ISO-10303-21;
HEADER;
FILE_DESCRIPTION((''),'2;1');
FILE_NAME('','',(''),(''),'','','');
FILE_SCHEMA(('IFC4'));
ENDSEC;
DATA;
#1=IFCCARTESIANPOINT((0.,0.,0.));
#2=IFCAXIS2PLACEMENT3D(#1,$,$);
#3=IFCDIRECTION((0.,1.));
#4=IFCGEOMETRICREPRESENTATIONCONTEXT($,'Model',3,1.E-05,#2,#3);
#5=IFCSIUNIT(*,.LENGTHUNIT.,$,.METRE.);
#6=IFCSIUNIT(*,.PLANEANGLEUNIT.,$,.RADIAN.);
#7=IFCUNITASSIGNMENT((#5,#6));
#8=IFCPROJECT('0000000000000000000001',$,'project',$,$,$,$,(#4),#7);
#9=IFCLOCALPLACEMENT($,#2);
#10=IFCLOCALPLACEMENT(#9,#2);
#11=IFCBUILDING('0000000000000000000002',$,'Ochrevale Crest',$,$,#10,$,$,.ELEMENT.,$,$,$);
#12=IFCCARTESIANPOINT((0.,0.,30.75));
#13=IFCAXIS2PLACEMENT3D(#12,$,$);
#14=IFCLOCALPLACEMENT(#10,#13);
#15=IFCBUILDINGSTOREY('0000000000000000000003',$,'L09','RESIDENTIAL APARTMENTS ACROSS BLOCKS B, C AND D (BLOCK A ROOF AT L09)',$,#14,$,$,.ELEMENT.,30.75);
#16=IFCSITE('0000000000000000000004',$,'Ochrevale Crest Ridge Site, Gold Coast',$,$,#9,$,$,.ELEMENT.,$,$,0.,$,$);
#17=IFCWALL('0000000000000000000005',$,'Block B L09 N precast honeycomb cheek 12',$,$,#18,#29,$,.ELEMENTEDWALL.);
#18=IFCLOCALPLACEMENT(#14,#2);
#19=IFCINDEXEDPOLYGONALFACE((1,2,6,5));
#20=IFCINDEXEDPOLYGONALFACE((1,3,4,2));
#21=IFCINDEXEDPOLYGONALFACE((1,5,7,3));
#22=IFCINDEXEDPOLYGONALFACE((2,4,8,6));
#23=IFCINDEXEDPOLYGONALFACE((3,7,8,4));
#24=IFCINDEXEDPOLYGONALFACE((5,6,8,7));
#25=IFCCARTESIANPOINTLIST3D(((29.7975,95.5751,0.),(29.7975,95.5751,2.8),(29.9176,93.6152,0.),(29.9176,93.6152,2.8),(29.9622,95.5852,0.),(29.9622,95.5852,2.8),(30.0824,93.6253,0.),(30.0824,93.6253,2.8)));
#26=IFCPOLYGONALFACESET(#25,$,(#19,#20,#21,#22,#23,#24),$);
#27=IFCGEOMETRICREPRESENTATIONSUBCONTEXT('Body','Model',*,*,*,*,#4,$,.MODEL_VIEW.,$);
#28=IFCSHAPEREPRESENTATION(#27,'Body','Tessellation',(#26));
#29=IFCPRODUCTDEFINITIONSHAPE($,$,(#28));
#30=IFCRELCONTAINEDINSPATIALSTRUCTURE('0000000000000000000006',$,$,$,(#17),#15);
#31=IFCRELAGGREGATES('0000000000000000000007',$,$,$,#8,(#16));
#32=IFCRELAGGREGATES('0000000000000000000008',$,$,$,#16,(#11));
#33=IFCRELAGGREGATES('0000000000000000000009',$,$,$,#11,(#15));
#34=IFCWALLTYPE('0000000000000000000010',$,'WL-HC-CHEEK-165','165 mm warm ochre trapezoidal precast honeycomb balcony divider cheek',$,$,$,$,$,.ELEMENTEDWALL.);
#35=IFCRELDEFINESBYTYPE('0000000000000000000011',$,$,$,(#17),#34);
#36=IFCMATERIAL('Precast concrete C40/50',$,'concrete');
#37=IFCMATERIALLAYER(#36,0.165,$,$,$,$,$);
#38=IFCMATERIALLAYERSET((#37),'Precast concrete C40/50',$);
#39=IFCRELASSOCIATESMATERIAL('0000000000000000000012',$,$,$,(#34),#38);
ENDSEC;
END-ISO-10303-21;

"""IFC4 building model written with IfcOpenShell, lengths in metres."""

from ifc_helpers import new_model, si_unit, direction, frame, frame_2d, origin, place, context, subcontext, project, spatial, rectangle, extrude, material, layer, layer_set, type_object, element, save


model = new_model("IFC4")

# Units and contexts
model_context = context("Model", 3, precision=1e-05, world=origin(), true_north=direction((0.0, 1.0)))
body_context = subcontext(model_context, "Body", "Model", "MODEL_VIEW")
ifc_project = project(units=[si_unit("LENGTHUNIT", "METRE"), si_unit("PLANEANGLEUNIT", "RADIAN")], contexts=[model_context])

# Site, building, storey
site_placement = place(None, origin())
site = spatial("IfcSite", under=ifc_project, at=site_placement, Name="Ochrevale Crest Ridge Site, Gold Coast", CompositionType="ELEMENT", RefElevation=0.0)
building_placement = place(site_placement, origin())
building = spatial("IfcBuilding", under=site, at=building_placement, Name="Ochrevale Crest", CompositionType="ELEMENT")
storey_placement = place(building_placement, frame((0.0, 0.0, 30.75)))
storey = spatial("IfcBuildingStorey", under=building, at=storey_placement, Name="L09", Description="RESIDENTIAL APARTMENTS ACROSS BLOCKS B, C AND D (BLOCK A ROOF AT L09)", CompositionType="ELEMENT", Elevation=30.75)

# Shared definitions
ifc_material = material(Name="Precast concrete C40/50", Category="concrete")

# Wall
ifc_layer_1 = layer(ifc_material, 0.165)
ifc_layer_set_1 = layer_set([ifc_layer_1], Name="Precast concrete C40/50")
wall_type = type_object("IfcWallType", Name="WL-HC-CHEEK-165", Description="165 mm warm ochre trapezoidal precast honeycomb balcony divider cheek", PredefinedType="ELEMENTEDWALL", material=ifc_layer_set_1)
wall_placement = place(storey_placement, frame((30.0, 93.6201, 0.0), z_axis=(0.0, 0.0, 1.0), x_axis=(-0.061171, 0.998127, 0.0)))
element("IfcWall", 1, at=wall_placement, inside=storey, type_object=wall_type, Name="Block B L09 N precast honeycomb cheek 12", PredefinedType="ELEMENTEDWALL", context=body_context, shape_type="SweptSolid", body=[
    extrude(rectangle(XDim=1.9636, YDim=0.165, at=frame_2d((0.9819, 0.0))), origin(), (0.0, 0.0, 1.0), 2.8),
])

save(model, "model.ifc")
